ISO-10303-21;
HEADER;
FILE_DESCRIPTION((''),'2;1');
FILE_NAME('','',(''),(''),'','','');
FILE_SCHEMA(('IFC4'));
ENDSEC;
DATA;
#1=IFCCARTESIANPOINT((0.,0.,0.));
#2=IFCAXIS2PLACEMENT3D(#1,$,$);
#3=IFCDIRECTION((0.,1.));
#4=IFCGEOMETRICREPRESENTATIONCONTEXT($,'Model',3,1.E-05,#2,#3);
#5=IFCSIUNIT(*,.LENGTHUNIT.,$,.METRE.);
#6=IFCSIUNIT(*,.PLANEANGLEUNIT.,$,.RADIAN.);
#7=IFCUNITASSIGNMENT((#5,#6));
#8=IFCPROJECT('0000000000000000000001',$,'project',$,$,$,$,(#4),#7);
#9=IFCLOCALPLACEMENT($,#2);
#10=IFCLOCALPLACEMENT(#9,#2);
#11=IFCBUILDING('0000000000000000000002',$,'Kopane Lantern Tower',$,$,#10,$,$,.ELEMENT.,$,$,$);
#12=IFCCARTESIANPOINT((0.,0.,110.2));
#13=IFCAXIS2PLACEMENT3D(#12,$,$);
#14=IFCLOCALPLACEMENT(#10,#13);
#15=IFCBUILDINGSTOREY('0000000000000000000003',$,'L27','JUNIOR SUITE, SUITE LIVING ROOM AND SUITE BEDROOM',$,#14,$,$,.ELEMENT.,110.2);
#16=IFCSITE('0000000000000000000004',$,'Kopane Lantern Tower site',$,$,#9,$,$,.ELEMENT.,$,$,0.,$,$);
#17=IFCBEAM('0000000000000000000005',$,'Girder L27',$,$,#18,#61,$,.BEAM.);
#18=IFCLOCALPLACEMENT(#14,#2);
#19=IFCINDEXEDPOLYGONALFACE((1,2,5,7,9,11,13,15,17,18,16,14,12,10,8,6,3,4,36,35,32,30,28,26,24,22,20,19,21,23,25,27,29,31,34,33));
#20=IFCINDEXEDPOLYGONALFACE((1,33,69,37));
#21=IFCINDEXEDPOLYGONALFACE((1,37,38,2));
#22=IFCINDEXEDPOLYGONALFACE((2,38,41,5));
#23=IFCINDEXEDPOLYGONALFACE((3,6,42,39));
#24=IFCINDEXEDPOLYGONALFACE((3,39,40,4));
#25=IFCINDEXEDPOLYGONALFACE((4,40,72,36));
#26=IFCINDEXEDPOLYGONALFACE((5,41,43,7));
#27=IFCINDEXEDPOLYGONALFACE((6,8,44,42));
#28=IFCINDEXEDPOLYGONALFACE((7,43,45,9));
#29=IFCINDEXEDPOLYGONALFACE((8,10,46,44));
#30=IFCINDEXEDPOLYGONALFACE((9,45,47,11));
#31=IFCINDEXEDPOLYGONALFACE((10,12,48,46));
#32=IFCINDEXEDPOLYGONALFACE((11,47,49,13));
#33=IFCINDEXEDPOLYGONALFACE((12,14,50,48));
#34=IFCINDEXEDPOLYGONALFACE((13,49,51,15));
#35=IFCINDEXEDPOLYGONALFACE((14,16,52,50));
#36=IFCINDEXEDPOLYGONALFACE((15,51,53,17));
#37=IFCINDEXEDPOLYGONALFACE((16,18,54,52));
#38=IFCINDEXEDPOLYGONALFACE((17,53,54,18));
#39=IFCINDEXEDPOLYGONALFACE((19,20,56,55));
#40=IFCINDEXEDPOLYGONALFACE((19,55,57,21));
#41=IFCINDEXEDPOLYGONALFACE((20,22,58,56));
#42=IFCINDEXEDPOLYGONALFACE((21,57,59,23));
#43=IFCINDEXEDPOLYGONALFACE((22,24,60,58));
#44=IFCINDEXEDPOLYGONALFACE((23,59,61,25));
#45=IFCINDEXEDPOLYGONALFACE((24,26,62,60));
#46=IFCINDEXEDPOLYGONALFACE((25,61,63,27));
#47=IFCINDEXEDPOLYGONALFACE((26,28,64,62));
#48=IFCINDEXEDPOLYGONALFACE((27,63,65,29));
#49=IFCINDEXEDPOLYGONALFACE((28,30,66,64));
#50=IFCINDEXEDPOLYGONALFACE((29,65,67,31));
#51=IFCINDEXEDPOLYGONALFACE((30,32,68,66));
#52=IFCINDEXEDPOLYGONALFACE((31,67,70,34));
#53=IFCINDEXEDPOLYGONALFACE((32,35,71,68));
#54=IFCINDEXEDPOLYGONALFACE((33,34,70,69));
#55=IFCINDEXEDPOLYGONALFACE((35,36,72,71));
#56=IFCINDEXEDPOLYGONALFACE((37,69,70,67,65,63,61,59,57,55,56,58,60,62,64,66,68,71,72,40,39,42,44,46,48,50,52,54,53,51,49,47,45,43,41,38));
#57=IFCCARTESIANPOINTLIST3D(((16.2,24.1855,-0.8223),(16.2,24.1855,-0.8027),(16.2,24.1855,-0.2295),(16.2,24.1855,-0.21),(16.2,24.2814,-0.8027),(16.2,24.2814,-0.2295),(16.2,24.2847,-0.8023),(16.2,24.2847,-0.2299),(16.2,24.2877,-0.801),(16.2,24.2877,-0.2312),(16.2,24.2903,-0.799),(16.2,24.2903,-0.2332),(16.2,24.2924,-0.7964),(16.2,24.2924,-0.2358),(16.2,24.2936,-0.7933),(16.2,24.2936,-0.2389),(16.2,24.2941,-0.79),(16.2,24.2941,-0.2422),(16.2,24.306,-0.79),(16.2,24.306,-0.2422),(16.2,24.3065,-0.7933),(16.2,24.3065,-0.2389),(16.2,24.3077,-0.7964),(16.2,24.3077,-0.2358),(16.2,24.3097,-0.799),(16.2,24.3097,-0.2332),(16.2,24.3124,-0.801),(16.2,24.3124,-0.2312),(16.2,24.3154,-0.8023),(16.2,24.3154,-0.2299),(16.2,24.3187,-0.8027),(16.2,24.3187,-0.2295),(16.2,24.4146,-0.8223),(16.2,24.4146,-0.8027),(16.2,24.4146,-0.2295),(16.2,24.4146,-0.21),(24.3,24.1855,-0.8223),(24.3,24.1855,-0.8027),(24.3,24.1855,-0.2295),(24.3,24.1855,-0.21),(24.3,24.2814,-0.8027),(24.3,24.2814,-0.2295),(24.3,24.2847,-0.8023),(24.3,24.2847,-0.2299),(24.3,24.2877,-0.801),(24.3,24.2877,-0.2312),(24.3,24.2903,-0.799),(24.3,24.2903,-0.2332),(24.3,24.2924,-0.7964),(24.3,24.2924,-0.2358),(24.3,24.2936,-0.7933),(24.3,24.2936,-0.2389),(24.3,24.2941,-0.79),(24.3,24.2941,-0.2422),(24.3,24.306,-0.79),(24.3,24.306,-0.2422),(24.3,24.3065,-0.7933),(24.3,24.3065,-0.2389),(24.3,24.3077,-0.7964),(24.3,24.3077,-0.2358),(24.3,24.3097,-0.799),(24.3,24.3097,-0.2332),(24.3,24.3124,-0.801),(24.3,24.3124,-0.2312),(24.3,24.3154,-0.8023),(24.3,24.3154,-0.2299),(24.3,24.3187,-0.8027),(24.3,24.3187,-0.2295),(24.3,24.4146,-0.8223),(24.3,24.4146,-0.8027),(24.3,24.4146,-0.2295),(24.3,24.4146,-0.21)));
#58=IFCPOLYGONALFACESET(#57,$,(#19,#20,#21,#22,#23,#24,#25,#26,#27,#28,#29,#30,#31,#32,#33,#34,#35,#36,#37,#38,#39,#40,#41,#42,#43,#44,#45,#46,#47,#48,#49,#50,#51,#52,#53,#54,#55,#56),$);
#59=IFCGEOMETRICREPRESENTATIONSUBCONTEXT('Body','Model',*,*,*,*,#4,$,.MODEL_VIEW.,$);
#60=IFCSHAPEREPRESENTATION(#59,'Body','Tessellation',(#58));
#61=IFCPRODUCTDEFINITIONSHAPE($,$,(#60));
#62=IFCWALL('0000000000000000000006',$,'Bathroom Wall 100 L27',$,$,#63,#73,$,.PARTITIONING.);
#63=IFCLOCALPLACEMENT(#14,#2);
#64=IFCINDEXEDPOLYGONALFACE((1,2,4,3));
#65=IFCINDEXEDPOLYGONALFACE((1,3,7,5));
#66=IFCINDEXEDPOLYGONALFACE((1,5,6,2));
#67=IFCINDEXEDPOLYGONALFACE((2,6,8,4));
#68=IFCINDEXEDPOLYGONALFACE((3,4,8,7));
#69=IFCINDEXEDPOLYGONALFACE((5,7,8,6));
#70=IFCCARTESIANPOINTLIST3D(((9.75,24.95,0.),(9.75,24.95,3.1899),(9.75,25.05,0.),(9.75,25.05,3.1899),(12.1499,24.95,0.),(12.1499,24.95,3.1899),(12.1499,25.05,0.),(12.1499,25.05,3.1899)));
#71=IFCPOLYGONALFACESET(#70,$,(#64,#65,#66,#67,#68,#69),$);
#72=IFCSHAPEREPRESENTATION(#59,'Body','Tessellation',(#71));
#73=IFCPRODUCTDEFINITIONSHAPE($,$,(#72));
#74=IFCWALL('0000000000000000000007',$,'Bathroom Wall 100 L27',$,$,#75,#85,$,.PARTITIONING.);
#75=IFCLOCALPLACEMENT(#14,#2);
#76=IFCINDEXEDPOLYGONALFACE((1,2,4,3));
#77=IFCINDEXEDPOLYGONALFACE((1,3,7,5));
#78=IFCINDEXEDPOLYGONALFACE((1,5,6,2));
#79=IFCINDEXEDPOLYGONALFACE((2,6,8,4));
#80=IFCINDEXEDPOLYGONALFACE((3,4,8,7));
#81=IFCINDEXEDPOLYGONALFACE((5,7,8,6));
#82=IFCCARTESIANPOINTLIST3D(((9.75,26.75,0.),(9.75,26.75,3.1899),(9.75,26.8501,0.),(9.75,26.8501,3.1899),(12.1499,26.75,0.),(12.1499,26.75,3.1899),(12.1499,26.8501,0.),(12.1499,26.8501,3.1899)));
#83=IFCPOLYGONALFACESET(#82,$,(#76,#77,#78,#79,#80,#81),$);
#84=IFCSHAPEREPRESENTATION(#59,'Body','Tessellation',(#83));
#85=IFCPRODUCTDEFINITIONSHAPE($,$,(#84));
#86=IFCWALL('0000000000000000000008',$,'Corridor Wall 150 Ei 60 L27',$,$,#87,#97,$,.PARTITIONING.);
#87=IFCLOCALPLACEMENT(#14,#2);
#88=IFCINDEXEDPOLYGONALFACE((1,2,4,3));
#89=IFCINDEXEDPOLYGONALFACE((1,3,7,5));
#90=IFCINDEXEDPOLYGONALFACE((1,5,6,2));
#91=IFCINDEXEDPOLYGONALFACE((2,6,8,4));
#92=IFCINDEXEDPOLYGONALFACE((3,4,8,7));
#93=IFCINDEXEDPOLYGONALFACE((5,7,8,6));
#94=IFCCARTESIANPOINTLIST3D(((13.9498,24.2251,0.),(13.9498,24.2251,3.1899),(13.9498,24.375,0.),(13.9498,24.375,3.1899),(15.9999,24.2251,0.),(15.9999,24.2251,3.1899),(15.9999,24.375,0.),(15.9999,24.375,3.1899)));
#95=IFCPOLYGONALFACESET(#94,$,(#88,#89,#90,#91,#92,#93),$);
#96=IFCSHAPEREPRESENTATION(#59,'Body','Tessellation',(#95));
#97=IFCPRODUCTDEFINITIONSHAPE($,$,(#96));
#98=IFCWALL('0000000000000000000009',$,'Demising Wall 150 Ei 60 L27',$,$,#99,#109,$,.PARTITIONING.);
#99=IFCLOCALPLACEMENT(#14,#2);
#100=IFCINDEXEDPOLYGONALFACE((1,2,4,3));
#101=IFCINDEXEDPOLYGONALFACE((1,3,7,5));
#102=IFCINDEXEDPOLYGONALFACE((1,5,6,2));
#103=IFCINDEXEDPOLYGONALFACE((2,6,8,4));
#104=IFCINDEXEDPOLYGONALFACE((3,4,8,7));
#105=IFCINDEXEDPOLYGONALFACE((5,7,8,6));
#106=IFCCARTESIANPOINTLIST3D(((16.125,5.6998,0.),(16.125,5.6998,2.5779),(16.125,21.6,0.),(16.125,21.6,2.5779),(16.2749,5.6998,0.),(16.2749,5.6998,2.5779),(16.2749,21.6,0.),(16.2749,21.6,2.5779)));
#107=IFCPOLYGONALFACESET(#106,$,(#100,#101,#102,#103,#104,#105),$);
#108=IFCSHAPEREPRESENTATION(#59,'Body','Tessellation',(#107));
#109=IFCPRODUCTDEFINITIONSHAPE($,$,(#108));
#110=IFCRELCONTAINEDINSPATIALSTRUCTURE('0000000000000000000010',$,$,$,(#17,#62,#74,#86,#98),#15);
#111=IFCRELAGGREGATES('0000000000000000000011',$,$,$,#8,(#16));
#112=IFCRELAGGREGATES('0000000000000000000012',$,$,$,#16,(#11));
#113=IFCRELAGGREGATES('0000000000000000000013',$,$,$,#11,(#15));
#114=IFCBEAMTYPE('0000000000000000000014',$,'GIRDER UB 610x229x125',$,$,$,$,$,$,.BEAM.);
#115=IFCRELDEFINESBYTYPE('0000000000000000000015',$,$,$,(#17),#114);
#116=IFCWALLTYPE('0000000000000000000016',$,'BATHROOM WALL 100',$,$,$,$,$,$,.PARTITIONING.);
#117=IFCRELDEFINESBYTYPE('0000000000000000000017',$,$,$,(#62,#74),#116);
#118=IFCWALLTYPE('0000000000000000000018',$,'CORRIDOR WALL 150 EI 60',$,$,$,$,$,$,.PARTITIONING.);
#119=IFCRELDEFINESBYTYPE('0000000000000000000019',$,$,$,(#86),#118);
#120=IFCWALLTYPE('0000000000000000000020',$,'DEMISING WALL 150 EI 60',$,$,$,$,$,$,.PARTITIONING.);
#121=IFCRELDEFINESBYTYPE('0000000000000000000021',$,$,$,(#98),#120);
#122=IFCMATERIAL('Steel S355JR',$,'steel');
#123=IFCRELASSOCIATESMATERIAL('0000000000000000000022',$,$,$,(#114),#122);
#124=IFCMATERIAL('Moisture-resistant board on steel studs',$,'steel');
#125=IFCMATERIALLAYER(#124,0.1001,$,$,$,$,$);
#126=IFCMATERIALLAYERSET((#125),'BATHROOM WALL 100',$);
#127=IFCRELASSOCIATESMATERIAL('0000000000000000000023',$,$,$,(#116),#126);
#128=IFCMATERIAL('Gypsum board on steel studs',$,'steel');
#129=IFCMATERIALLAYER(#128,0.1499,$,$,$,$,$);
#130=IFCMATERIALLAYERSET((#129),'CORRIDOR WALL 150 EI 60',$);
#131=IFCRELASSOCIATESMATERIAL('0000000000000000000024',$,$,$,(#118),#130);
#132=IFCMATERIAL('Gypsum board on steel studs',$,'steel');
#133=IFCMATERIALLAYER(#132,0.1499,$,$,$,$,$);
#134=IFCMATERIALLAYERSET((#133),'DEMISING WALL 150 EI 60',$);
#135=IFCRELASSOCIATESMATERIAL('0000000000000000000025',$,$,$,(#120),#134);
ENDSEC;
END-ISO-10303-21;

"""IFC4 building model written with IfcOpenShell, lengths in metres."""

from ifc_helpers import new_model, si_unit, direction, frame, frame_2d, origin, origin_2d, place, context, subcontext, project, spatial, rectangle, i_section, extrude, material, layer, layer_set, material_profile, profile_set, type_object, element, save


model = new_model("IFC4")

# Units and contexts
model_context = context("Model", 3, precision=1e-05, world=origin(), true_north=direction((0.0, 1.0)))
body_context = subcontext(model_context, "Body", "Model", "MODEL_VIEW")
ifc_project = project(units=[si_unit("LENGTHUNIT", "METRE"), si_unit("PLANEANGLEUNIT", "RADIAN")], contexts=[model_context])

# Site, building, storey
site_placement = place(None, origin())
site = spatial("IfcSite", under=ifc_project, at=site_placement, Name="Kopane Lantern Tower site", CompositionType="ELEMENT", RefElevation=0.0)
building_placement = place(site_placement, origin())
building = spatial("IfcBuilding", under=site, at=building_placement, Name="Kopane Lantern Tower", CompositionType="ELEMENT")
storey_placement = place(building_placement, frame((0.0, 0.0, 110.2)))
storey = spatial("IfcBuildingStorey", under=building, at=storey_placement, Name="L27", Description="JUNIOR SUITE, SUITE LIVING ROOM AND SUITE BEDROOM", CompositionType="ELEMENT", Elevation=110.2)

# Beam
ifc_material_1 = material(Name="Steel S355JR", Category="steel")
ifc_material_profile_1 = material_profile(ifc_material_1, i_section(OverallWidth=0.229, OverallDepth=0.6123, WebThickness=0.012, FlangeThickness=0.0195, FilletRadius=0.0127, at=origin_2d()), Name="UB 610x229x125")
ifc_profile_set_1 = profile_set([ifc_material_profile_1], Name="Steel S355JR")
beam_type_1 = type_object("IfcBeamType", Name="GIRDER UB 610x229x125", PredefinedType="BEAM", material=ifc_profile_set_1)
beam_1_placement = place(storey_placement, frame((16.2, 24.3, -0.5161), z_axis=(1.0, 0.0, 0.0), x_axis=(0.0, 1.0, 0.0)))
element("IfcBeam", 1, at=beam_1_placement, inside=storey, type_object=beam_type_1, Name="Girder L27", PredefinedType="BEAM", context=body_context, shape_type="SweptSolid", body=[
    extrude(i_section(OverallWidth=0.229, OverallDepth=0.6123, WebThickness=0.012, FlangeThickness=0.0195, FilletRadius=0.0127, at=origin_2d()), origin(), (0.0, 0.0, 1.0), 8.1001),
])

# Walls
ifc_material_2 = material(Name="Moisture-resistant board on steel studs", Category="steel")
ifc_layer_1 = layer(ifc_material_2, 0.1001)
ifc_layer_set_1 = layer_set([ifc_layer_1], Name="BATHROOM WALL 100")
wall_type_1 = type_object("IfcWallType", Name="BATHROOM WALL 100", PredefinedType="PARTITIONING", material=ifc_layer_set_1)
for number, where, z_axis, x_axis, name in (
    (2, (12.1499, 25.0, 0.0), (0.0, 0.0, 1.0), (-1.0, 0.0, 0.0), "Bathroom Wall 100 L27"),
    (3, (12.1499, 26.8, 0.0), (0.0, 0.0, 1.0), (-1.0, 0.0, 0.0), "Bathroom Wall 100 L27"),
):
    element("IfcWall", number, at=place(storey_placement, frame(where, z_axis=z_axis, x_axis=x_axis)), inside=storey, type_object=wall_type_1, Name=name, PredefinedType="PARTITIONING", context=body_context, shape_type="SweptSolid", body=[
        extrude(rectangle(XDim=2.3999, YDim=0.1001, at=frame_2d((1.2, 0.0))), origin(), (0.0, 0.0, 1.0), 3.1899),
    ])

# Walls
ifc_material_3 = material(Name="Gypsum board on steel studs", Category="steel")
ifc_layer_2 = layer(ifc_material_3, 0.1499)
ifc_layer_set_2 = layer_set([ifc_layer_2], Name="CORRIDOR WALL 150 EI 60")
wall_type_2 = type_object("IfcWallType", Name="CORRIDOR WALL 150 EI 60", PredefinedType="PARTITIONING", material=ifc_layer_set_2)
wall_1_placement = place(storey_placement, frame((13.95, 24.3, 0.0), z_axis=(0.0, 0.0, 1.0), x_axis=(1.0, 0.0, 0.0)))
element("IfcWall", 4, at=wall_1_placement, inside=storey, type_object=wall_type_2, Name="Corridor Wall 150 Ei 60 L27", PredefinedType="PARTITIONING", context=body_context, shape_type="SweptSolid", body=[
    extrude(rectangle(XDim=2.05, YDim=0.1499, at=frame_2d((1.0249, 0.0))), origin(), (0.0, 0.0, 1.0), 3.1899),
])
ifc_material_4 = material(Name="Gypsum board on steel studs", Category="steel")
ifc_layer_3 = layer(ifc_material_4, 0.1499)
ifc_layer_set_3 = layer_set([ifc_layer_3], Name="DEMISING WALL 150 EI 60")
wall_type_3 = type_object("IfcWallType", Name="DEMISING WALL 150 EI 60", PredefinedType="PARTITIONING", material=ifc_layer_set_3)
wall_2_placement = place(storey_placement, frame((16.2, 21.6001, 0.0), z_axis=(0.0, 0.0, 1.0), x_axis=(0.0, -1.0, 0.0)))
element("IfcWall", 5, at=wall_2_placement, inside=storey, type_object=wall_type_3, Name="Demising Wall 150 Ei 60 L27", PredefinedType="PARTITIONING", context=body_context, shape_type="SweptSolid", body=[
    extrude(rectangle(XDim=15.9001, YDim=0.1499, at=frame_2d((7.9502, 0.0))), origin(), (0.0, 0.0, 1.0), 2.5779),
])

save(model, "model.ifc")
